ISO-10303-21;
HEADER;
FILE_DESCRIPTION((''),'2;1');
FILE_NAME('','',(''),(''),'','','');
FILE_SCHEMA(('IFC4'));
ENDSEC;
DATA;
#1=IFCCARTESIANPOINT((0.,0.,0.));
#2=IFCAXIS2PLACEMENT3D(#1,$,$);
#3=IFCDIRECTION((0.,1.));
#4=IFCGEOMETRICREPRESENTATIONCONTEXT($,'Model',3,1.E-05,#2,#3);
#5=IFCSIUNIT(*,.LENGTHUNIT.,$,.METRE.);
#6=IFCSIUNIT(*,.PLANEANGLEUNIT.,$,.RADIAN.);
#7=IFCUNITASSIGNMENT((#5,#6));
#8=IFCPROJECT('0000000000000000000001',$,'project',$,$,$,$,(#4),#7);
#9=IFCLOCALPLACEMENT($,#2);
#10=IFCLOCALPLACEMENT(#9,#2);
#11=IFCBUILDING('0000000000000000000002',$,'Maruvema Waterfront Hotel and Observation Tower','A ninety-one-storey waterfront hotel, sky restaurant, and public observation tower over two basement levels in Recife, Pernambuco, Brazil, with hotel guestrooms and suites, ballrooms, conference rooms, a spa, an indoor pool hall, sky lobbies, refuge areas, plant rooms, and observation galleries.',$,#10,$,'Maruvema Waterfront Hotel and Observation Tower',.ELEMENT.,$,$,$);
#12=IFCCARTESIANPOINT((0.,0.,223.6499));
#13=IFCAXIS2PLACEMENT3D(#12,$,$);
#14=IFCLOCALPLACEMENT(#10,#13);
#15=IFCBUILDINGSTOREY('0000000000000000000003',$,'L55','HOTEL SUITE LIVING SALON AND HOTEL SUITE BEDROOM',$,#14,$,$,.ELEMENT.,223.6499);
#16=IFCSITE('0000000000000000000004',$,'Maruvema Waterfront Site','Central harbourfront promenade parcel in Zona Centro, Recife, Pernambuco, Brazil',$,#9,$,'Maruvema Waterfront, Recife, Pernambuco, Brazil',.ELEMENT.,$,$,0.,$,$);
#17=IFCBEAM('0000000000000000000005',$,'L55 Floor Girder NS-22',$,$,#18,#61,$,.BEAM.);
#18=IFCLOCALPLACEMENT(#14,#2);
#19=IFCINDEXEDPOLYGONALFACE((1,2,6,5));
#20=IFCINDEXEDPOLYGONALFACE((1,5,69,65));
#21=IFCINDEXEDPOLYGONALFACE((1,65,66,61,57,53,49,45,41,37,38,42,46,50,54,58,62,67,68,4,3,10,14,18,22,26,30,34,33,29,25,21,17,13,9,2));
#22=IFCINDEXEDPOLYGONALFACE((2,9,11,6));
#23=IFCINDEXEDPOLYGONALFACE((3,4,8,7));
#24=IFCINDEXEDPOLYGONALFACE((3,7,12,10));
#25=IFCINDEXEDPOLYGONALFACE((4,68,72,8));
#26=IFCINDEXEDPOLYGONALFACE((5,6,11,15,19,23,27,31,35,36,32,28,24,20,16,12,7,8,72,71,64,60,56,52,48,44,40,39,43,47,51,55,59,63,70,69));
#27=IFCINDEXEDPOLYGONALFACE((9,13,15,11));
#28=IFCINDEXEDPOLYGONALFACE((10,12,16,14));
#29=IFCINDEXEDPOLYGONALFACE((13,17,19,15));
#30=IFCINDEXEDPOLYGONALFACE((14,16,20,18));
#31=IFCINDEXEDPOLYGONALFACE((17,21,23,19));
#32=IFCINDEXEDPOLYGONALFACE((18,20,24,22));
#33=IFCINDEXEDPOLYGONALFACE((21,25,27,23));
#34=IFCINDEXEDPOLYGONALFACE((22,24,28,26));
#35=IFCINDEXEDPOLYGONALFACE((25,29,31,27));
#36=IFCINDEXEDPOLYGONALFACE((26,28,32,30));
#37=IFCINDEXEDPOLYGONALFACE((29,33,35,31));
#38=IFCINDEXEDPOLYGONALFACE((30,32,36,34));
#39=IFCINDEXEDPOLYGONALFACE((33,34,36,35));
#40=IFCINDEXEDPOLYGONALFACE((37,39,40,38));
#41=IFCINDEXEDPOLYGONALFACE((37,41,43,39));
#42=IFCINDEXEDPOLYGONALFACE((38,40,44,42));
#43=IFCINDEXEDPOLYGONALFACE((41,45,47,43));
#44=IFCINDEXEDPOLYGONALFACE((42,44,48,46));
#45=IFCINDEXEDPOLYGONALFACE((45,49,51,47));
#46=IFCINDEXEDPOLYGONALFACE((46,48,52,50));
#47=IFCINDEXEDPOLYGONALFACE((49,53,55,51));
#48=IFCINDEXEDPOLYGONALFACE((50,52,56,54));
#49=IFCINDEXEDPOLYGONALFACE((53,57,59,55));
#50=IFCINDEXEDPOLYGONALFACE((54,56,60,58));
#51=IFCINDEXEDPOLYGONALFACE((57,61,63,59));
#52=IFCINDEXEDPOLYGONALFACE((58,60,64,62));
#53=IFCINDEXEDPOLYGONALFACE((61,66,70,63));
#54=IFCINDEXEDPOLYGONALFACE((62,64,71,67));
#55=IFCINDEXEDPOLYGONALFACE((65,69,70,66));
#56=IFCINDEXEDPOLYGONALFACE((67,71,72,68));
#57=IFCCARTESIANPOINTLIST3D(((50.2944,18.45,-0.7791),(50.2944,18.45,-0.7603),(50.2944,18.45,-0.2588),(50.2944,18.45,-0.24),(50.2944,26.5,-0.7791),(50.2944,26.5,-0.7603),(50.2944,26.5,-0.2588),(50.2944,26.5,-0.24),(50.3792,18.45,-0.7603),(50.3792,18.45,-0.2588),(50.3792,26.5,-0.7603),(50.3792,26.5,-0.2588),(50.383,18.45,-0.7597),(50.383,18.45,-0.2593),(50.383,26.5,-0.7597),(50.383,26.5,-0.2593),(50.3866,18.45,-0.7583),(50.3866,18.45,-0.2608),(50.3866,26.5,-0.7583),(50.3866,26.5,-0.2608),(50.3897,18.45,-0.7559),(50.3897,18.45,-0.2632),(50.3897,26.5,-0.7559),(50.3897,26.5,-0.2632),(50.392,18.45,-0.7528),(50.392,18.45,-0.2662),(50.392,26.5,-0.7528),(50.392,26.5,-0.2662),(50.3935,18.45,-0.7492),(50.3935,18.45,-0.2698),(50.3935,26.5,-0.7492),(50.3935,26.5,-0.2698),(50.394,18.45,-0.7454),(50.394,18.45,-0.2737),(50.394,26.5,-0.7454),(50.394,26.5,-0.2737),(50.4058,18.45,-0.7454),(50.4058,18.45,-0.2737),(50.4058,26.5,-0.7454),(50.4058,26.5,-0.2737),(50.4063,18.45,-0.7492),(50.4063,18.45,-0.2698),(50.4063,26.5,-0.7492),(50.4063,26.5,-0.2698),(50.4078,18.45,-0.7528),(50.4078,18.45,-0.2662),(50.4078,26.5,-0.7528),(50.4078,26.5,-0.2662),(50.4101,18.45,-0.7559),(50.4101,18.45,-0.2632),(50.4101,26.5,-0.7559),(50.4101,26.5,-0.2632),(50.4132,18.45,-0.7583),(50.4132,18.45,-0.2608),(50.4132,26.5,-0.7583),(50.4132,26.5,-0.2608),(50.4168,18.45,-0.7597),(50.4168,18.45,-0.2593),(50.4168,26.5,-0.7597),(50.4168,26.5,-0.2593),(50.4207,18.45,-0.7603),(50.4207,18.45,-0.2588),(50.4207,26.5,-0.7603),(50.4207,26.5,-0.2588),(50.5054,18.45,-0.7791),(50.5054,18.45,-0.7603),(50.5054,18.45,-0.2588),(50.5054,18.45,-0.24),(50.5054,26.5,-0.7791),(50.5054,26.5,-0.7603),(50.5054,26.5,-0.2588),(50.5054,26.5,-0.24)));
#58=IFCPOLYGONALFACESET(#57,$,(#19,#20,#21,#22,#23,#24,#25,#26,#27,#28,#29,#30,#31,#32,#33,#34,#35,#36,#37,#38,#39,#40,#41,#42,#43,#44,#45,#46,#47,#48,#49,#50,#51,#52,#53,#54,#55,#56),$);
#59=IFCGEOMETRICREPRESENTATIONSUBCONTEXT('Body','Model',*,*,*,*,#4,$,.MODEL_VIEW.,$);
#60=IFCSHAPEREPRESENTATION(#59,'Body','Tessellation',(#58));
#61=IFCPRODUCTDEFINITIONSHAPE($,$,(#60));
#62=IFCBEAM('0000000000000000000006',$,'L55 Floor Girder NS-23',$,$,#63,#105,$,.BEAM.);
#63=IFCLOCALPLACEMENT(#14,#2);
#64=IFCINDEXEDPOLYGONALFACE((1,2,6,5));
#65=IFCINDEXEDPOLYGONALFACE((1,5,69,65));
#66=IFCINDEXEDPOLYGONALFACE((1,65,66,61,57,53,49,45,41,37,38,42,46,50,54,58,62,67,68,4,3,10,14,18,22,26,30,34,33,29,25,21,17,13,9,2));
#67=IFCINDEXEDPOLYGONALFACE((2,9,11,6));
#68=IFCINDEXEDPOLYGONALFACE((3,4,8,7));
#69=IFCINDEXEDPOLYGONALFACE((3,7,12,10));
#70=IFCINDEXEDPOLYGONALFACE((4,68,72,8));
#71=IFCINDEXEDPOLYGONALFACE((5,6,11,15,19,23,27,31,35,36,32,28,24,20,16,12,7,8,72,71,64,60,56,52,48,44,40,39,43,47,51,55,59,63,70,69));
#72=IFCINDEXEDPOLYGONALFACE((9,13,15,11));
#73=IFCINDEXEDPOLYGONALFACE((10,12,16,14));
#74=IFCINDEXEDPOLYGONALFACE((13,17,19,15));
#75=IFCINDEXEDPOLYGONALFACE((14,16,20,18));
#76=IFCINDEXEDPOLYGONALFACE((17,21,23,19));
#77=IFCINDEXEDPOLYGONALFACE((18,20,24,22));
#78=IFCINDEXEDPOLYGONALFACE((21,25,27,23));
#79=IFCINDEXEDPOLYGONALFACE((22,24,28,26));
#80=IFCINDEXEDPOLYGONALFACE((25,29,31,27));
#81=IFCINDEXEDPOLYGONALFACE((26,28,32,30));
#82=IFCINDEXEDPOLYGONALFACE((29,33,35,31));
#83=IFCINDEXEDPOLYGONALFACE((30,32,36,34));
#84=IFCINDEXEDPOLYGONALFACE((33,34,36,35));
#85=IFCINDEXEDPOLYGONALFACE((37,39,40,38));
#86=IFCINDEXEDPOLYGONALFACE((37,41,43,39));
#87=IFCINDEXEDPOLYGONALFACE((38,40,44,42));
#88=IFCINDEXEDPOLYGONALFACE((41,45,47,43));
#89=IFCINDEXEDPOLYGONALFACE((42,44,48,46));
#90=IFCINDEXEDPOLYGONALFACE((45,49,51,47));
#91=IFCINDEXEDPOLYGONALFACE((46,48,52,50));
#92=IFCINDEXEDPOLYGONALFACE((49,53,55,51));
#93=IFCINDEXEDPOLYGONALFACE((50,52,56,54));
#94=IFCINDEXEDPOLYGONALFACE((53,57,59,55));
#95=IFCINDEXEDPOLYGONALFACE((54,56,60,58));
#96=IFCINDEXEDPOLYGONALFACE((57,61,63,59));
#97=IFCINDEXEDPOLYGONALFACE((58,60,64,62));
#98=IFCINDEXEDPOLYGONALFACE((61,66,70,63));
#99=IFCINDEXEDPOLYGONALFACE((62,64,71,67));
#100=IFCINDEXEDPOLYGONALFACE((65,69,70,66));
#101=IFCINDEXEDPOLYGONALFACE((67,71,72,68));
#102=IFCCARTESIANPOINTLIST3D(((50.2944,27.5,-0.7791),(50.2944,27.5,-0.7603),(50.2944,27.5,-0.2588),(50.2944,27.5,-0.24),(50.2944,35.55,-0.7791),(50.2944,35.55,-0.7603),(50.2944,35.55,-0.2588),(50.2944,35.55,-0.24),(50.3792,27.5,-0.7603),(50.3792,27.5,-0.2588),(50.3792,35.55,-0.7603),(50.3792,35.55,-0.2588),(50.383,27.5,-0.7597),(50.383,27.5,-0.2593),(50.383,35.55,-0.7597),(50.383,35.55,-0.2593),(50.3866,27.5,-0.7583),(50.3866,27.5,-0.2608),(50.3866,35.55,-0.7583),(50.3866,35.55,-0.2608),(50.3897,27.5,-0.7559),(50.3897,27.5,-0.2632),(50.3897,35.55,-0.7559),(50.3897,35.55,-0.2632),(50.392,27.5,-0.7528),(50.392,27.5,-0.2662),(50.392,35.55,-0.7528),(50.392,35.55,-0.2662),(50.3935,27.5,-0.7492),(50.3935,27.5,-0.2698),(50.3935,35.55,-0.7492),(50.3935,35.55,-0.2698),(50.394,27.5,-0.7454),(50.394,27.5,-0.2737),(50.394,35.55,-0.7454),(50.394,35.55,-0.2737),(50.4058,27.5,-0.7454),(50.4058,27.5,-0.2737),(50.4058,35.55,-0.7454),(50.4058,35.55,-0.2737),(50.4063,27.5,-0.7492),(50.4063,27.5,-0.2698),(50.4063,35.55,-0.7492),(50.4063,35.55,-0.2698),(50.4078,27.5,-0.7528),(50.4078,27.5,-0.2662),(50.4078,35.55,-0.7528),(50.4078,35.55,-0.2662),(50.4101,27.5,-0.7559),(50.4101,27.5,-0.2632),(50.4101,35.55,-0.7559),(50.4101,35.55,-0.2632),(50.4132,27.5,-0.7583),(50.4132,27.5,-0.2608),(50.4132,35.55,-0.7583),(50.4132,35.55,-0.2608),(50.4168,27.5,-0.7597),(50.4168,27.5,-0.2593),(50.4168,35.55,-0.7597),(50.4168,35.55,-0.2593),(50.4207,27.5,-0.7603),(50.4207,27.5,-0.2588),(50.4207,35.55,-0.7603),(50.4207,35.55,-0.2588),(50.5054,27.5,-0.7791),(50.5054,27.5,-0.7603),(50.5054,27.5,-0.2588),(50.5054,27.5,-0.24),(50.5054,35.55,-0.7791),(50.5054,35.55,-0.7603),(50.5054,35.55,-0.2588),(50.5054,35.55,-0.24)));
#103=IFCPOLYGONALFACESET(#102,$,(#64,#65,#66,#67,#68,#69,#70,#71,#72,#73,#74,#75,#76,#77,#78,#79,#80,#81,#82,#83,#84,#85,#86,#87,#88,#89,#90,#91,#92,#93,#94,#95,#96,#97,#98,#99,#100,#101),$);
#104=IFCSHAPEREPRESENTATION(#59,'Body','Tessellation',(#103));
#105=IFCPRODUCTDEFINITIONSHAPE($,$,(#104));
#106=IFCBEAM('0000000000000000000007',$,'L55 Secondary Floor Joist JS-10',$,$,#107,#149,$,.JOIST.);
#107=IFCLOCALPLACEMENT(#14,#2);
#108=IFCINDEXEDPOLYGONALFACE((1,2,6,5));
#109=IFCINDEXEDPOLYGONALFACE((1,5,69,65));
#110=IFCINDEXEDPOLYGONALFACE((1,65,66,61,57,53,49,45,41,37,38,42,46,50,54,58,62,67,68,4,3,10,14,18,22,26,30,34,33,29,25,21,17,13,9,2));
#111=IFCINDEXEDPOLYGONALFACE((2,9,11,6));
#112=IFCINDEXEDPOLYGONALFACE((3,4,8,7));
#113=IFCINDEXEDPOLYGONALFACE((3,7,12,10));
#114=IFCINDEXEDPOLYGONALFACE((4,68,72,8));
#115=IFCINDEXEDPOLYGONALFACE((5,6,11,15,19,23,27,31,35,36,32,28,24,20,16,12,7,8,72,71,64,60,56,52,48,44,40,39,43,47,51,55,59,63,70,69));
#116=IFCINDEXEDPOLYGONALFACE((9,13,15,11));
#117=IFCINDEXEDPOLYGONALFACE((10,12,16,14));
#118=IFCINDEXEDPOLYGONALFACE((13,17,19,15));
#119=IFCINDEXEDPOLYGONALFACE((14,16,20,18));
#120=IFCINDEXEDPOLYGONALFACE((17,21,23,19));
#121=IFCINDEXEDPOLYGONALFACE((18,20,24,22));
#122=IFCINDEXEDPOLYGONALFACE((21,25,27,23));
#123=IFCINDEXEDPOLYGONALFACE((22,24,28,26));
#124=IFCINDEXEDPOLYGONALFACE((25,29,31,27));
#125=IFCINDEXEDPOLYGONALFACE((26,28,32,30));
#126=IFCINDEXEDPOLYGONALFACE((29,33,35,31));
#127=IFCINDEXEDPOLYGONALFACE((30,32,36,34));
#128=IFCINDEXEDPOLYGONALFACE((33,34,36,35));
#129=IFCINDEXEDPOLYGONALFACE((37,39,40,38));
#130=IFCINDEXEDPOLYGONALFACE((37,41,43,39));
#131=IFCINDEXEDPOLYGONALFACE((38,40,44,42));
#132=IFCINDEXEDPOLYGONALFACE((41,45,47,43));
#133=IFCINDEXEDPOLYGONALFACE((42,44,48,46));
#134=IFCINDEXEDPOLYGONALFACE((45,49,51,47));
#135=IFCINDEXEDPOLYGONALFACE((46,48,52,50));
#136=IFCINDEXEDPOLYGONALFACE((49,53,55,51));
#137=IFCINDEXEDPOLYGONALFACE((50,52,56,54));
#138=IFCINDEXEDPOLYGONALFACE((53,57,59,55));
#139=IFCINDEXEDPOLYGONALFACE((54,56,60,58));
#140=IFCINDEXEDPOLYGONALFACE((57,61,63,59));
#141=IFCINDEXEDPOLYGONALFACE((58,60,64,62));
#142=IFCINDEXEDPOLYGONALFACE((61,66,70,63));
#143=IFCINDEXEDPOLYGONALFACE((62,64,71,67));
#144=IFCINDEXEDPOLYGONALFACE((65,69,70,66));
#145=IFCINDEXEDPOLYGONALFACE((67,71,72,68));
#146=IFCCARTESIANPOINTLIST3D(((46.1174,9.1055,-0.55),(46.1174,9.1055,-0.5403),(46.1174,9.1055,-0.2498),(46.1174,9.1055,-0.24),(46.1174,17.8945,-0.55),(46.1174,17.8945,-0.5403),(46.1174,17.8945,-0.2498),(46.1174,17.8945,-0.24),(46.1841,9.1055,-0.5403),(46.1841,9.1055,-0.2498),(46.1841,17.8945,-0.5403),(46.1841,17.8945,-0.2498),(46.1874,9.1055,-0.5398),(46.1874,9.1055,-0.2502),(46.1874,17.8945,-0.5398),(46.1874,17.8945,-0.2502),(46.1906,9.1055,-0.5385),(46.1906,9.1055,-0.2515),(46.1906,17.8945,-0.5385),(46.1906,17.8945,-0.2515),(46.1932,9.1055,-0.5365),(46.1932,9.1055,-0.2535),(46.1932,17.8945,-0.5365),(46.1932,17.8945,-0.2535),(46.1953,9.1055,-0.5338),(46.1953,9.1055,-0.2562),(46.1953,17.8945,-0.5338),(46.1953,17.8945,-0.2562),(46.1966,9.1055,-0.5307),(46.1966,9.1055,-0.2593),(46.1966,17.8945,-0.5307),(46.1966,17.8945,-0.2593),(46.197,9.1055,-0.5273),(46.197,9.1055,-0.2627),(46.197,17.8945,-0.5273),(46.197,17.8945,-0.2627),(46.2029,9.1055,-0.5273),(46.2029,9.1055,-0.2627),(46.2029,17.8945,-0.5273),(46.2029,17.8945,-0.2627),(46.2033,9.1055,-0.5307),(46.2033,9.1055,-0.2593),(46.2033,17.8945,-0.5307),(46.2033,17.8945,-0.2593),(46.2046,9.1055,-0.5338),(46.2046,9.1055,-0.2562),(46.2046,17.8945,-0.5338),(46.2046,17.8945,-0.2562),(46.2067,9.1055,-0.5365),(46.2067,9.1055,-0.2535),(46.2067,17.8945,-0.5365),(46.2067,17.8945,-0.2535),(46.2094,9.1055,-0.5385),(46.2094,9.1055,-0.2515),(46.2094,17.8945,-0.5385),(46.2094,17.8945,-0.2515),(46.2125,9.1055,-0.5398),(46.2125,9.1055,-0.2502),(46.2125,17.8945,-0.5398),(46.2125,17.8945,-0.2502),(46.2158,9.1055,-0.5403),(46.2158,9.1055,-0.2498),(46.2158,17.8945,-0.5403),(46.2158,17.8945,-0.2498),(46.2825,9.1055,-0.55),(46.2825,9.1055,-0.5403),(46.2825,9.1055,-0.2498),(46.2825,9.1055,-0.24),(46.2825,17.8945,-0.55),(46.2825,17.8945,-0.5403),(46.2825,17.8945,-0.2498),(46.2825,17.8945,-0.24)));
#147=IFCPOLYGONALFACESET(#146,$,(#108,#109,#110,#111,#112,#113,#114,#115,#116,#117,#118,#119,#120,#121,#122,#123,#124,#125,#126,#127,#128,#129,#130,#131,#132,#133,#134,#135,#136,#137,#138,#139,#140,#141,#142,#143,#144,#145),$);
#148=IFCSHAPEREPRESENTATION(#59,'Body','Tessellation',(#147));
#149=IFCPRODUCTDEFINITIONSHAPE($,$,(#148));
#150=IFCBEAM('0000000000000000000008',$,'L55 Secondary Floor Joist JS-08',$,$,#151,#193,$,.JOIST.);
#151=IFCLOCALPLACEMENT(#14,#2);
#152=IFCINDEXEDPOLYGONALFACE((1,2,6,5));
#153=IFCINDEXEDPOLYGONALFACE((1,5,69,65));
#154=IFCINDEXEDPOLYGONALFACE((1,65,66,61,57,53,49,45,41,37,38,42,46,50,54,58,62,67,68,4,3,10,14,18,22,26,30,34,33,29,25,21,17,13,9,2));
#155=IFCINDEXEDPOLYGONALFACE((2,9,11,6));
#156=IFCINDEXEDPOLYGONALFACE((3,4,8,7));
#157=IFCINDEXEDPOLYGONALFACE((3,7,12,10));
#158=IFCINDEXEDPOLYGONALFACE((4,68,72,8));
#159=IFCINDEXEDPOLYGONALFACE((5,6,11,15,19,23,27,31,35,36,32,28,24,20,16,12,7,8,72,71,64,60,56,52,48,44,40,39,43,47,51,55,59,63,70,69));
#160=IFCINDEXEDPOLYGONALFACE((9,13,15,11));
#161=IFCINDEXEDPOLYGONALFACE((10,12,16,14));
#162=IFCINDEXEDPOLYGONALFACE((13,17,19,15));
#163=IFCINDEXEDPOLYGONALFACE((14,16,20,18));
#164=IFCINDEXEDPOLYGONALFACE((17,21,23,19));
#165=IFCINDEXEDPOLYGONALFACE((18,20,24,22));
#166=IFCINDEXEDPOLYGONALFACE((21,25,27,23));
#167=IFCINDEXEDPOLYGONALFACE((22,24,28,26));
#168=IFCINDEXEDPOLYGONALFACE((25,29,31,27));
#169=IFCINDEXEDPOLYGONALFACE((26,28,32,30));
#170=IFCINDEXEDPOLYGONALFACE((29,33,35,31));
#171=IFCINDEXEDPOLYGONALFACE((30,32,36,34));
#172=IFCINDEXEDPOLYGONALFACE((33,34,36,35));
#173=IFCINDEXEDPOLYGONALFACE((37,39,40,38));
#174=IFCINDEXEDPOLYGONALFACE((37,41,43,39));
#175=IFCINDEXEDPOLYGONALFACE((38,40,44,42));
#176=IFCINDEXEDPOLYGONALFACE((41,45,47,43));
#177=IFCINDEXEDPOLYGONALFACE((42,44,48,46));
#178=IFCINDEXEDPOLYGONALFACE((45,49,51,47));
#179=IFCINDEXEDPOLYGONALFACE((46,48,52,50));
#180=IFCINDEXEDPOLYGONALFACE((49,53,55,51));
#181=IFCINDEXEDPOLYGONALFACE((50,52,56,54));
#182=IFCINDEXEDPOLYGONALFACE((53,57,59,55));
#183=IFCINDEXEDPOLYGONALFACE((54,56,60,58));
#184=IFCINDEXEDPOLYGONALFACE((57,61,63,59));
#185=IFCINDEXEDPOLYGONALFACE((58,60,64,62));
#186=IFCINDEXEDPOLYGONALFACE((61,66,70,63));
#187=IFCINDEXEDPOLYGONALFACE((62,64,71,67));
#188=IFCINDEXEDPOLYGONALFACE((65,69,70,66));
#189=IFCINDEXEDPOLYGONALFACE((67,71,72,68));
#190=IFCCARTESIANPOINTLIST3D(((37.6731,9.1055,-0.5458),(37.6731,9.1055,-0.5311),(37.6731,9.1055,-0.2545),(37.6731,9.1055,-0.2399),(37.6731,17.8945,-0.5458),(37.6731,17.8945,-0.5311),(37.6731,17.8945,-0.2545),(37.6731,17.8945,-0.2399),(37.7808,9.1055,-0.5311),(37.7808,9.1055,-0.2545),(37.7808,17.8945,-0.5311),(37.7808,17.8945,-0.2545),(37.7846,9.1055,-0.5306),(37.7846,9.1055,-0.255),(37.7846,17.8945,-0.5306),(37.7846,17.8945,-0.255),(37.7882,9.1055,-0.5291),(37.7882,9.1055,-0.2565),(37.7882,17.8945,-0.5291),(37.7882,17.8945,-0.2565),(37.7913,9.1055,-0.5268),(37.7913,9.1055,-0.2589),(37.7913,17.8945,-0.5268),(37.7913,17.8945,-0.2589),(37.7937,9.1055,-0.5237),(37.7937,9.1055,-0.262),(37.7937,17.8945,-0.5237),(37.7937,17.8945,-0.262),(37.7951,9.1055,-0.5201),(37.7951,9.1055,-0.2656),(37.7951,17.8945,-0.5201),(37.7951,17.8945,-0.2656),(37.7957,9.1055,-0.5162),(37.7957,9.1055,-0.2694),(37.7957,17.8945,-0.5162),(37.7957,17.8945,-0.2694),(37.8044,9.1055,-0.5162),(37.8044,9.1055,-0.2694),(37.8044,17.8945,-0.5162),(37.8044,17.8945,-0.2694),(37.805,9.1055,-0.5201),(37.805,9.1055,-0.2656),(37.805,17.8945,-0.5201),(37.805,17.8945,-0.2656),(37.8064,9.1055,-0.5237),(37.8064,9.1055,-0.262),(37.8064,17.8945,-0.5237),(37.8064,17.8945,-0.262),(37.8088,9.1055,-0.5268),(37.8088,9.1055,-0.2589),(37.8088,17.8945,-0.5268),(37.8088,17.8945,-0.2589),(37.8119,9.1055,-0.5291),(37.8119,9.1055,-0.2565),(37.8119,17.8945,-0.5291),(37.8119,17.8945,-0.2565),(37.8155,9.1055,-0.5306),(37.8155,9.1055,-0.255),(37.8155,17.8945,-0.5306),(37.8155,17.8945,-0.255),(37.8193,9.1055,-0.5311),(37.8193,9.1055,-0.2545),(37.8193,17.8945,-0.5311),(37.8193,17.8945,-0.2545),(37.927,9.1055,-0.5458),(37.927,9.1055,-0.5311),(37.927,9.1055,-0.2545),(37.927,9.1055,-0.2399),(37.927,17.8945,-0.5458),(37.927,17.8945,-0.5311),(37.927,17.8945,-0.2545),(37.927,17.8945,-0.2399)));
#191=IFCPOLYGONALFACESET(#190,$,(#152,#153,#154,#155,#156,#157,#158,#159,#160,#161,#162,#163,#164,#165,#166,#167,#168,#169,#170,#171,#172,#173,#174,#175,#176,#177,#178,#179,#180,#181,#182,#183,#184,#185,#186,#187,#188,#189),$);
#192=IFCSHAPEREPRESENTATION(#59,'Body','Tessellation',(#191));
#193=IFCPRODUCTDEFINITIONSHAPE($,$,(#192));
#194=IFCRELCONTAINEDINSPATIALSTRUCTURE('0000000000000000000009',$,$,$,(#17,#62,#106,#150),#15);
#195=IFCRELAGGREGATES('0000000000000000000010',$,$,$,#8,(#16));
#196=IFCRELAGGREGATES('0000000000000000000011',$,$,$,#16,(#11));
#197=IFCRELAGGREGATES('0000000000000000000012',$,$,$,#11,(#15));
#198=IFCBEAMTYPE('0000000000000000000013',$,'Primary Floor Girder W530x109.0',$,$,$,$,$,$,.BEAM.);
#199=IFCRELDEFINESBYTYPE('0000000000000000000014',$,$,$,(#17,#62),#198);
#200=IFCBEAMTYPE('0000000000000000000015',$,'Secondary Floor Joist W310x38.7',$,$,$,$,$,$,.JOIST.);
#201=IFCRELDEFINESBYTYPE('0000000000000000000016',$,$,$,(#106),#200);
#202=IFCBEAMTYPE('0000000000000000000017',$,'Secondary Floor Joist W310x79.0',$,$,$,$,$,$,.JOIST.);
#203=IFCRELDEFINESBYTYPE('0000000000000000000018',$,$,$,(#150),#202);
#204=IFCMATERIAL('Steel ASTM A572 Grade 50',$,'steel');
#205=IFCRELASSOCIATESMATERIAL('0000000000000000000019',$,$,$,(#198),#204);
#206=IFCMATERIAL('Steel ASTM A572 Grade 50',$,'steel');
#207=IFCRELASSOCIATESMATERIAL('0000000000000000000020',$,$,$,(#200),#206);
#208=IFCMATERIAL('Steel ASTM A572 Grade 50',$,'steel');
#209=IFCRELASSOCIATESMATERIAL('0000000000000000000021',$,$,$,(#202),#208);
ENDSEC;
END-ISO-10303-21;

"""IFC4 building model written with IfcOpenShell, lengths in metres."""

from ifc_helpers import new_model, si_unit, direction, frame, origin, origin_2d, place, context, subcontext, project, spatial, i_section, extrude, material, material_profile, profile_set, type_object, element, save


model = new_model("IFC4")

# Units and contexts
model_context = context("Model", 3, precision=1e-05, world=origin(), true_north=direction((0.0, 1.0)))
body_context = subcontext(model_context, "Body", "Model", "MODEL_VIEW")
ifc_project = project(units=[si_unit("LENGTHUNIT", "METRE"), si_unit("PLANEANGLEUNIT", "RADIAN")], contexts=[model_context])

# Site, building, storey
site_placement = place(None, origin())
site = spatial("IfcSite", under=ifc_project, at=site_placement, Name="Maruvema Waterfront Site", Description="Central harbourfront promenade parcel in Zona Centro, Recife, Pernambuco, Brazil", LongName="Maruvema Waterfront, Recife, Pernambuco, Brazil", CompositionType="ELEMENT", RefElevation=0.0)
building_placement = place(site_placement, origin())
building = spatial("IfcBuilding", under=site, at=building_placement, Name="Maruvema Waterfront Hotel and Observation Tower", Description="A ninety-one-storey waterfront hotel, sky restaurant, and public observation tower over two basement levels in Recife, Pernambuco, Brazil, with hotel guestrooms and suites, ballrooms, conference rooms, a spa, an indoor pool hall, sky lobbies, refuge areas, plant rooms, and observation galleries.", LongName="Maruvema Waterfront Hotel and Observation Tower", CompositionType="ELEMENT")
storey_placement = place(building_placement, frame((0.0, 0.0, 223.6499)))
storey = spatial("IfcBuildingStorey", under=building, at=storey_placement, Name="L55", Description="HOTEL SUITE LIVING SALON AND HOTEL SUITE BEDROOM", CompositionType="ELEMENT", Elevation=223.6499)

# Beams
ifc_material_1 = material(Name="Steel ASTM A572 Grade 50", Category="steel")
ifc_material_profile_1 = material_profile(ifc_material_1, i_section(OverallWidth=0.2109, OverallDepth=0.5391, WebThickness=0.0117, FlangeThickness=0.0188, FilletRadius=0.0149, at=origin_2d()), Name="W530x109.0")
ifc_profile_set_1 = profile_set([ifc_material_profile_1], Name="Steel ASTM A572 Grade 50")
beam_type_1 = type_object("IfcBeamType", Name="Primary Floor Girder W530x109.0", PredefinedType="BEAM", material=ifc_profile_set_1)
for number, where, z_axis, x_axis, name in (
    (1, (50.3999, 18.45, -0.5095), (0.0, 1.0, 0.0), (-1.0, 0.0, 0.0), "L55 Floor Girder NS-22"),
    (2, (50.3999, 27.5, -0.5095), (0.0, 1.0, 0.0), (-1.0, 0.0, 0.0), "L55 Floor Girder NS-23"),
):
    element("IfcBeam", number, at=place(storey_placement, frame(where, z_axis=z_axis, x_axis=x_axis)), inside=storey, type_object=beam_type_1, Name=name, PredefinedType="BEAM", context=body_context, shape_type="SweptSolid", body=[
        extrude(i_section(OverallWidth=0.2109, OverallDepth=0.5391, WebThickness=0.0117, FlangeThickness=0.0188, FilletRadius=0.0149, at=origin_2d()), origin(), (0.0, 0.0, 1.0), 8.05),
    ])
ifc_material_2 = material(Name="Steel ASTM A572 Grade 50", Category="steel")
ifc_material_profile_2 = material_profile(ifc_material_2, i_section(OverallWidth=0.165, OverallDepth=0.3101, WebThickness=0.0059, FlangeThickness=0.0098, FilletRadius=0.0129, at=origin_2d()), Name="W310x38.7")
ifc_profile_set_2 = profile_set([ifc_material_profile_2], Name="Steel ASTM A572 Grade 50")
beam_type_2 = type_object("IfcBeamType", Name="Secondary Floor Joist W310x38.7", PredefinedType="JOIST", material=ifc_profile_set_2)
beam_1_placement = place(storey_placement, frame((46.2, 9.1055, -0.395), z_axis=(0.0, 1.0, 0.0), x_axis=(-1.0, 0.0, 0.0)))
element("IfcBeam", 3, at=beam_1_placement, inside=storey, type_object=beam_type_2, Name="L55 Secondary Floor Joist JS-10", PredefinedType="JOIST", context=body_context, shape_type="SweptSolid", body=[
    extrude(i_section(OverallWidth=0.165, OverallDepth=0.3101, WebThickness=0.0059, FlangeThickness=0.0098, FilletRadius=0.0129, at=origin_2d()), origin(), (0.0, 0.0, 1.0), 8.7891),
])
ifc_material_3 = material(Name="Steel ASTM A572 Grade 50", Category="steel")
ifc_material_profile_3 = material_profile(ifc_material_3, i_section(OverallWidth=0.2539, OverallDepth=0.3059, WebThickness=0.0088, FlangeThickness=0.0146, FilletRadius=0.0149, at=origin_2d()), Name="W310x79.0")
ifc_profile_set_3 = profile_set([ifc_material_profile_3], Name="Steel ASTM A572 Grade 50")
beam_type_3 = type_object("IfcBeamType", Name="Secondary Floor Joist W310x79.0", PredefinedType="JOIST", material=ifc_profile_set_3)
beam_2_placement = place(storey_placement, frame((37.8, 9.1055, -0.3928), z_axis=(0.0, 1.0, 0.0), x_axis=(-1.0, 0.0, 0.0)))
element("IfcBeam", 4, at=beam_2_placement, inside=storey, type_object=beam_type_3, Name="L55 Secondary Floor Joist JS-08", PredefinedType="JOIST", context=body_context, shape_type="SweptSolid", body=[
    extrude(i_section(OverallWidth=0.2539, OverallDepth=0.3059, WebThickness=0.0088, FlangeThickness=0.0146, FilletRadius=0.0149, at=origin_2d()), origin(), (0.0, 0.0, 1.0), 8.7891),
])

save(model, "model.ifc")
